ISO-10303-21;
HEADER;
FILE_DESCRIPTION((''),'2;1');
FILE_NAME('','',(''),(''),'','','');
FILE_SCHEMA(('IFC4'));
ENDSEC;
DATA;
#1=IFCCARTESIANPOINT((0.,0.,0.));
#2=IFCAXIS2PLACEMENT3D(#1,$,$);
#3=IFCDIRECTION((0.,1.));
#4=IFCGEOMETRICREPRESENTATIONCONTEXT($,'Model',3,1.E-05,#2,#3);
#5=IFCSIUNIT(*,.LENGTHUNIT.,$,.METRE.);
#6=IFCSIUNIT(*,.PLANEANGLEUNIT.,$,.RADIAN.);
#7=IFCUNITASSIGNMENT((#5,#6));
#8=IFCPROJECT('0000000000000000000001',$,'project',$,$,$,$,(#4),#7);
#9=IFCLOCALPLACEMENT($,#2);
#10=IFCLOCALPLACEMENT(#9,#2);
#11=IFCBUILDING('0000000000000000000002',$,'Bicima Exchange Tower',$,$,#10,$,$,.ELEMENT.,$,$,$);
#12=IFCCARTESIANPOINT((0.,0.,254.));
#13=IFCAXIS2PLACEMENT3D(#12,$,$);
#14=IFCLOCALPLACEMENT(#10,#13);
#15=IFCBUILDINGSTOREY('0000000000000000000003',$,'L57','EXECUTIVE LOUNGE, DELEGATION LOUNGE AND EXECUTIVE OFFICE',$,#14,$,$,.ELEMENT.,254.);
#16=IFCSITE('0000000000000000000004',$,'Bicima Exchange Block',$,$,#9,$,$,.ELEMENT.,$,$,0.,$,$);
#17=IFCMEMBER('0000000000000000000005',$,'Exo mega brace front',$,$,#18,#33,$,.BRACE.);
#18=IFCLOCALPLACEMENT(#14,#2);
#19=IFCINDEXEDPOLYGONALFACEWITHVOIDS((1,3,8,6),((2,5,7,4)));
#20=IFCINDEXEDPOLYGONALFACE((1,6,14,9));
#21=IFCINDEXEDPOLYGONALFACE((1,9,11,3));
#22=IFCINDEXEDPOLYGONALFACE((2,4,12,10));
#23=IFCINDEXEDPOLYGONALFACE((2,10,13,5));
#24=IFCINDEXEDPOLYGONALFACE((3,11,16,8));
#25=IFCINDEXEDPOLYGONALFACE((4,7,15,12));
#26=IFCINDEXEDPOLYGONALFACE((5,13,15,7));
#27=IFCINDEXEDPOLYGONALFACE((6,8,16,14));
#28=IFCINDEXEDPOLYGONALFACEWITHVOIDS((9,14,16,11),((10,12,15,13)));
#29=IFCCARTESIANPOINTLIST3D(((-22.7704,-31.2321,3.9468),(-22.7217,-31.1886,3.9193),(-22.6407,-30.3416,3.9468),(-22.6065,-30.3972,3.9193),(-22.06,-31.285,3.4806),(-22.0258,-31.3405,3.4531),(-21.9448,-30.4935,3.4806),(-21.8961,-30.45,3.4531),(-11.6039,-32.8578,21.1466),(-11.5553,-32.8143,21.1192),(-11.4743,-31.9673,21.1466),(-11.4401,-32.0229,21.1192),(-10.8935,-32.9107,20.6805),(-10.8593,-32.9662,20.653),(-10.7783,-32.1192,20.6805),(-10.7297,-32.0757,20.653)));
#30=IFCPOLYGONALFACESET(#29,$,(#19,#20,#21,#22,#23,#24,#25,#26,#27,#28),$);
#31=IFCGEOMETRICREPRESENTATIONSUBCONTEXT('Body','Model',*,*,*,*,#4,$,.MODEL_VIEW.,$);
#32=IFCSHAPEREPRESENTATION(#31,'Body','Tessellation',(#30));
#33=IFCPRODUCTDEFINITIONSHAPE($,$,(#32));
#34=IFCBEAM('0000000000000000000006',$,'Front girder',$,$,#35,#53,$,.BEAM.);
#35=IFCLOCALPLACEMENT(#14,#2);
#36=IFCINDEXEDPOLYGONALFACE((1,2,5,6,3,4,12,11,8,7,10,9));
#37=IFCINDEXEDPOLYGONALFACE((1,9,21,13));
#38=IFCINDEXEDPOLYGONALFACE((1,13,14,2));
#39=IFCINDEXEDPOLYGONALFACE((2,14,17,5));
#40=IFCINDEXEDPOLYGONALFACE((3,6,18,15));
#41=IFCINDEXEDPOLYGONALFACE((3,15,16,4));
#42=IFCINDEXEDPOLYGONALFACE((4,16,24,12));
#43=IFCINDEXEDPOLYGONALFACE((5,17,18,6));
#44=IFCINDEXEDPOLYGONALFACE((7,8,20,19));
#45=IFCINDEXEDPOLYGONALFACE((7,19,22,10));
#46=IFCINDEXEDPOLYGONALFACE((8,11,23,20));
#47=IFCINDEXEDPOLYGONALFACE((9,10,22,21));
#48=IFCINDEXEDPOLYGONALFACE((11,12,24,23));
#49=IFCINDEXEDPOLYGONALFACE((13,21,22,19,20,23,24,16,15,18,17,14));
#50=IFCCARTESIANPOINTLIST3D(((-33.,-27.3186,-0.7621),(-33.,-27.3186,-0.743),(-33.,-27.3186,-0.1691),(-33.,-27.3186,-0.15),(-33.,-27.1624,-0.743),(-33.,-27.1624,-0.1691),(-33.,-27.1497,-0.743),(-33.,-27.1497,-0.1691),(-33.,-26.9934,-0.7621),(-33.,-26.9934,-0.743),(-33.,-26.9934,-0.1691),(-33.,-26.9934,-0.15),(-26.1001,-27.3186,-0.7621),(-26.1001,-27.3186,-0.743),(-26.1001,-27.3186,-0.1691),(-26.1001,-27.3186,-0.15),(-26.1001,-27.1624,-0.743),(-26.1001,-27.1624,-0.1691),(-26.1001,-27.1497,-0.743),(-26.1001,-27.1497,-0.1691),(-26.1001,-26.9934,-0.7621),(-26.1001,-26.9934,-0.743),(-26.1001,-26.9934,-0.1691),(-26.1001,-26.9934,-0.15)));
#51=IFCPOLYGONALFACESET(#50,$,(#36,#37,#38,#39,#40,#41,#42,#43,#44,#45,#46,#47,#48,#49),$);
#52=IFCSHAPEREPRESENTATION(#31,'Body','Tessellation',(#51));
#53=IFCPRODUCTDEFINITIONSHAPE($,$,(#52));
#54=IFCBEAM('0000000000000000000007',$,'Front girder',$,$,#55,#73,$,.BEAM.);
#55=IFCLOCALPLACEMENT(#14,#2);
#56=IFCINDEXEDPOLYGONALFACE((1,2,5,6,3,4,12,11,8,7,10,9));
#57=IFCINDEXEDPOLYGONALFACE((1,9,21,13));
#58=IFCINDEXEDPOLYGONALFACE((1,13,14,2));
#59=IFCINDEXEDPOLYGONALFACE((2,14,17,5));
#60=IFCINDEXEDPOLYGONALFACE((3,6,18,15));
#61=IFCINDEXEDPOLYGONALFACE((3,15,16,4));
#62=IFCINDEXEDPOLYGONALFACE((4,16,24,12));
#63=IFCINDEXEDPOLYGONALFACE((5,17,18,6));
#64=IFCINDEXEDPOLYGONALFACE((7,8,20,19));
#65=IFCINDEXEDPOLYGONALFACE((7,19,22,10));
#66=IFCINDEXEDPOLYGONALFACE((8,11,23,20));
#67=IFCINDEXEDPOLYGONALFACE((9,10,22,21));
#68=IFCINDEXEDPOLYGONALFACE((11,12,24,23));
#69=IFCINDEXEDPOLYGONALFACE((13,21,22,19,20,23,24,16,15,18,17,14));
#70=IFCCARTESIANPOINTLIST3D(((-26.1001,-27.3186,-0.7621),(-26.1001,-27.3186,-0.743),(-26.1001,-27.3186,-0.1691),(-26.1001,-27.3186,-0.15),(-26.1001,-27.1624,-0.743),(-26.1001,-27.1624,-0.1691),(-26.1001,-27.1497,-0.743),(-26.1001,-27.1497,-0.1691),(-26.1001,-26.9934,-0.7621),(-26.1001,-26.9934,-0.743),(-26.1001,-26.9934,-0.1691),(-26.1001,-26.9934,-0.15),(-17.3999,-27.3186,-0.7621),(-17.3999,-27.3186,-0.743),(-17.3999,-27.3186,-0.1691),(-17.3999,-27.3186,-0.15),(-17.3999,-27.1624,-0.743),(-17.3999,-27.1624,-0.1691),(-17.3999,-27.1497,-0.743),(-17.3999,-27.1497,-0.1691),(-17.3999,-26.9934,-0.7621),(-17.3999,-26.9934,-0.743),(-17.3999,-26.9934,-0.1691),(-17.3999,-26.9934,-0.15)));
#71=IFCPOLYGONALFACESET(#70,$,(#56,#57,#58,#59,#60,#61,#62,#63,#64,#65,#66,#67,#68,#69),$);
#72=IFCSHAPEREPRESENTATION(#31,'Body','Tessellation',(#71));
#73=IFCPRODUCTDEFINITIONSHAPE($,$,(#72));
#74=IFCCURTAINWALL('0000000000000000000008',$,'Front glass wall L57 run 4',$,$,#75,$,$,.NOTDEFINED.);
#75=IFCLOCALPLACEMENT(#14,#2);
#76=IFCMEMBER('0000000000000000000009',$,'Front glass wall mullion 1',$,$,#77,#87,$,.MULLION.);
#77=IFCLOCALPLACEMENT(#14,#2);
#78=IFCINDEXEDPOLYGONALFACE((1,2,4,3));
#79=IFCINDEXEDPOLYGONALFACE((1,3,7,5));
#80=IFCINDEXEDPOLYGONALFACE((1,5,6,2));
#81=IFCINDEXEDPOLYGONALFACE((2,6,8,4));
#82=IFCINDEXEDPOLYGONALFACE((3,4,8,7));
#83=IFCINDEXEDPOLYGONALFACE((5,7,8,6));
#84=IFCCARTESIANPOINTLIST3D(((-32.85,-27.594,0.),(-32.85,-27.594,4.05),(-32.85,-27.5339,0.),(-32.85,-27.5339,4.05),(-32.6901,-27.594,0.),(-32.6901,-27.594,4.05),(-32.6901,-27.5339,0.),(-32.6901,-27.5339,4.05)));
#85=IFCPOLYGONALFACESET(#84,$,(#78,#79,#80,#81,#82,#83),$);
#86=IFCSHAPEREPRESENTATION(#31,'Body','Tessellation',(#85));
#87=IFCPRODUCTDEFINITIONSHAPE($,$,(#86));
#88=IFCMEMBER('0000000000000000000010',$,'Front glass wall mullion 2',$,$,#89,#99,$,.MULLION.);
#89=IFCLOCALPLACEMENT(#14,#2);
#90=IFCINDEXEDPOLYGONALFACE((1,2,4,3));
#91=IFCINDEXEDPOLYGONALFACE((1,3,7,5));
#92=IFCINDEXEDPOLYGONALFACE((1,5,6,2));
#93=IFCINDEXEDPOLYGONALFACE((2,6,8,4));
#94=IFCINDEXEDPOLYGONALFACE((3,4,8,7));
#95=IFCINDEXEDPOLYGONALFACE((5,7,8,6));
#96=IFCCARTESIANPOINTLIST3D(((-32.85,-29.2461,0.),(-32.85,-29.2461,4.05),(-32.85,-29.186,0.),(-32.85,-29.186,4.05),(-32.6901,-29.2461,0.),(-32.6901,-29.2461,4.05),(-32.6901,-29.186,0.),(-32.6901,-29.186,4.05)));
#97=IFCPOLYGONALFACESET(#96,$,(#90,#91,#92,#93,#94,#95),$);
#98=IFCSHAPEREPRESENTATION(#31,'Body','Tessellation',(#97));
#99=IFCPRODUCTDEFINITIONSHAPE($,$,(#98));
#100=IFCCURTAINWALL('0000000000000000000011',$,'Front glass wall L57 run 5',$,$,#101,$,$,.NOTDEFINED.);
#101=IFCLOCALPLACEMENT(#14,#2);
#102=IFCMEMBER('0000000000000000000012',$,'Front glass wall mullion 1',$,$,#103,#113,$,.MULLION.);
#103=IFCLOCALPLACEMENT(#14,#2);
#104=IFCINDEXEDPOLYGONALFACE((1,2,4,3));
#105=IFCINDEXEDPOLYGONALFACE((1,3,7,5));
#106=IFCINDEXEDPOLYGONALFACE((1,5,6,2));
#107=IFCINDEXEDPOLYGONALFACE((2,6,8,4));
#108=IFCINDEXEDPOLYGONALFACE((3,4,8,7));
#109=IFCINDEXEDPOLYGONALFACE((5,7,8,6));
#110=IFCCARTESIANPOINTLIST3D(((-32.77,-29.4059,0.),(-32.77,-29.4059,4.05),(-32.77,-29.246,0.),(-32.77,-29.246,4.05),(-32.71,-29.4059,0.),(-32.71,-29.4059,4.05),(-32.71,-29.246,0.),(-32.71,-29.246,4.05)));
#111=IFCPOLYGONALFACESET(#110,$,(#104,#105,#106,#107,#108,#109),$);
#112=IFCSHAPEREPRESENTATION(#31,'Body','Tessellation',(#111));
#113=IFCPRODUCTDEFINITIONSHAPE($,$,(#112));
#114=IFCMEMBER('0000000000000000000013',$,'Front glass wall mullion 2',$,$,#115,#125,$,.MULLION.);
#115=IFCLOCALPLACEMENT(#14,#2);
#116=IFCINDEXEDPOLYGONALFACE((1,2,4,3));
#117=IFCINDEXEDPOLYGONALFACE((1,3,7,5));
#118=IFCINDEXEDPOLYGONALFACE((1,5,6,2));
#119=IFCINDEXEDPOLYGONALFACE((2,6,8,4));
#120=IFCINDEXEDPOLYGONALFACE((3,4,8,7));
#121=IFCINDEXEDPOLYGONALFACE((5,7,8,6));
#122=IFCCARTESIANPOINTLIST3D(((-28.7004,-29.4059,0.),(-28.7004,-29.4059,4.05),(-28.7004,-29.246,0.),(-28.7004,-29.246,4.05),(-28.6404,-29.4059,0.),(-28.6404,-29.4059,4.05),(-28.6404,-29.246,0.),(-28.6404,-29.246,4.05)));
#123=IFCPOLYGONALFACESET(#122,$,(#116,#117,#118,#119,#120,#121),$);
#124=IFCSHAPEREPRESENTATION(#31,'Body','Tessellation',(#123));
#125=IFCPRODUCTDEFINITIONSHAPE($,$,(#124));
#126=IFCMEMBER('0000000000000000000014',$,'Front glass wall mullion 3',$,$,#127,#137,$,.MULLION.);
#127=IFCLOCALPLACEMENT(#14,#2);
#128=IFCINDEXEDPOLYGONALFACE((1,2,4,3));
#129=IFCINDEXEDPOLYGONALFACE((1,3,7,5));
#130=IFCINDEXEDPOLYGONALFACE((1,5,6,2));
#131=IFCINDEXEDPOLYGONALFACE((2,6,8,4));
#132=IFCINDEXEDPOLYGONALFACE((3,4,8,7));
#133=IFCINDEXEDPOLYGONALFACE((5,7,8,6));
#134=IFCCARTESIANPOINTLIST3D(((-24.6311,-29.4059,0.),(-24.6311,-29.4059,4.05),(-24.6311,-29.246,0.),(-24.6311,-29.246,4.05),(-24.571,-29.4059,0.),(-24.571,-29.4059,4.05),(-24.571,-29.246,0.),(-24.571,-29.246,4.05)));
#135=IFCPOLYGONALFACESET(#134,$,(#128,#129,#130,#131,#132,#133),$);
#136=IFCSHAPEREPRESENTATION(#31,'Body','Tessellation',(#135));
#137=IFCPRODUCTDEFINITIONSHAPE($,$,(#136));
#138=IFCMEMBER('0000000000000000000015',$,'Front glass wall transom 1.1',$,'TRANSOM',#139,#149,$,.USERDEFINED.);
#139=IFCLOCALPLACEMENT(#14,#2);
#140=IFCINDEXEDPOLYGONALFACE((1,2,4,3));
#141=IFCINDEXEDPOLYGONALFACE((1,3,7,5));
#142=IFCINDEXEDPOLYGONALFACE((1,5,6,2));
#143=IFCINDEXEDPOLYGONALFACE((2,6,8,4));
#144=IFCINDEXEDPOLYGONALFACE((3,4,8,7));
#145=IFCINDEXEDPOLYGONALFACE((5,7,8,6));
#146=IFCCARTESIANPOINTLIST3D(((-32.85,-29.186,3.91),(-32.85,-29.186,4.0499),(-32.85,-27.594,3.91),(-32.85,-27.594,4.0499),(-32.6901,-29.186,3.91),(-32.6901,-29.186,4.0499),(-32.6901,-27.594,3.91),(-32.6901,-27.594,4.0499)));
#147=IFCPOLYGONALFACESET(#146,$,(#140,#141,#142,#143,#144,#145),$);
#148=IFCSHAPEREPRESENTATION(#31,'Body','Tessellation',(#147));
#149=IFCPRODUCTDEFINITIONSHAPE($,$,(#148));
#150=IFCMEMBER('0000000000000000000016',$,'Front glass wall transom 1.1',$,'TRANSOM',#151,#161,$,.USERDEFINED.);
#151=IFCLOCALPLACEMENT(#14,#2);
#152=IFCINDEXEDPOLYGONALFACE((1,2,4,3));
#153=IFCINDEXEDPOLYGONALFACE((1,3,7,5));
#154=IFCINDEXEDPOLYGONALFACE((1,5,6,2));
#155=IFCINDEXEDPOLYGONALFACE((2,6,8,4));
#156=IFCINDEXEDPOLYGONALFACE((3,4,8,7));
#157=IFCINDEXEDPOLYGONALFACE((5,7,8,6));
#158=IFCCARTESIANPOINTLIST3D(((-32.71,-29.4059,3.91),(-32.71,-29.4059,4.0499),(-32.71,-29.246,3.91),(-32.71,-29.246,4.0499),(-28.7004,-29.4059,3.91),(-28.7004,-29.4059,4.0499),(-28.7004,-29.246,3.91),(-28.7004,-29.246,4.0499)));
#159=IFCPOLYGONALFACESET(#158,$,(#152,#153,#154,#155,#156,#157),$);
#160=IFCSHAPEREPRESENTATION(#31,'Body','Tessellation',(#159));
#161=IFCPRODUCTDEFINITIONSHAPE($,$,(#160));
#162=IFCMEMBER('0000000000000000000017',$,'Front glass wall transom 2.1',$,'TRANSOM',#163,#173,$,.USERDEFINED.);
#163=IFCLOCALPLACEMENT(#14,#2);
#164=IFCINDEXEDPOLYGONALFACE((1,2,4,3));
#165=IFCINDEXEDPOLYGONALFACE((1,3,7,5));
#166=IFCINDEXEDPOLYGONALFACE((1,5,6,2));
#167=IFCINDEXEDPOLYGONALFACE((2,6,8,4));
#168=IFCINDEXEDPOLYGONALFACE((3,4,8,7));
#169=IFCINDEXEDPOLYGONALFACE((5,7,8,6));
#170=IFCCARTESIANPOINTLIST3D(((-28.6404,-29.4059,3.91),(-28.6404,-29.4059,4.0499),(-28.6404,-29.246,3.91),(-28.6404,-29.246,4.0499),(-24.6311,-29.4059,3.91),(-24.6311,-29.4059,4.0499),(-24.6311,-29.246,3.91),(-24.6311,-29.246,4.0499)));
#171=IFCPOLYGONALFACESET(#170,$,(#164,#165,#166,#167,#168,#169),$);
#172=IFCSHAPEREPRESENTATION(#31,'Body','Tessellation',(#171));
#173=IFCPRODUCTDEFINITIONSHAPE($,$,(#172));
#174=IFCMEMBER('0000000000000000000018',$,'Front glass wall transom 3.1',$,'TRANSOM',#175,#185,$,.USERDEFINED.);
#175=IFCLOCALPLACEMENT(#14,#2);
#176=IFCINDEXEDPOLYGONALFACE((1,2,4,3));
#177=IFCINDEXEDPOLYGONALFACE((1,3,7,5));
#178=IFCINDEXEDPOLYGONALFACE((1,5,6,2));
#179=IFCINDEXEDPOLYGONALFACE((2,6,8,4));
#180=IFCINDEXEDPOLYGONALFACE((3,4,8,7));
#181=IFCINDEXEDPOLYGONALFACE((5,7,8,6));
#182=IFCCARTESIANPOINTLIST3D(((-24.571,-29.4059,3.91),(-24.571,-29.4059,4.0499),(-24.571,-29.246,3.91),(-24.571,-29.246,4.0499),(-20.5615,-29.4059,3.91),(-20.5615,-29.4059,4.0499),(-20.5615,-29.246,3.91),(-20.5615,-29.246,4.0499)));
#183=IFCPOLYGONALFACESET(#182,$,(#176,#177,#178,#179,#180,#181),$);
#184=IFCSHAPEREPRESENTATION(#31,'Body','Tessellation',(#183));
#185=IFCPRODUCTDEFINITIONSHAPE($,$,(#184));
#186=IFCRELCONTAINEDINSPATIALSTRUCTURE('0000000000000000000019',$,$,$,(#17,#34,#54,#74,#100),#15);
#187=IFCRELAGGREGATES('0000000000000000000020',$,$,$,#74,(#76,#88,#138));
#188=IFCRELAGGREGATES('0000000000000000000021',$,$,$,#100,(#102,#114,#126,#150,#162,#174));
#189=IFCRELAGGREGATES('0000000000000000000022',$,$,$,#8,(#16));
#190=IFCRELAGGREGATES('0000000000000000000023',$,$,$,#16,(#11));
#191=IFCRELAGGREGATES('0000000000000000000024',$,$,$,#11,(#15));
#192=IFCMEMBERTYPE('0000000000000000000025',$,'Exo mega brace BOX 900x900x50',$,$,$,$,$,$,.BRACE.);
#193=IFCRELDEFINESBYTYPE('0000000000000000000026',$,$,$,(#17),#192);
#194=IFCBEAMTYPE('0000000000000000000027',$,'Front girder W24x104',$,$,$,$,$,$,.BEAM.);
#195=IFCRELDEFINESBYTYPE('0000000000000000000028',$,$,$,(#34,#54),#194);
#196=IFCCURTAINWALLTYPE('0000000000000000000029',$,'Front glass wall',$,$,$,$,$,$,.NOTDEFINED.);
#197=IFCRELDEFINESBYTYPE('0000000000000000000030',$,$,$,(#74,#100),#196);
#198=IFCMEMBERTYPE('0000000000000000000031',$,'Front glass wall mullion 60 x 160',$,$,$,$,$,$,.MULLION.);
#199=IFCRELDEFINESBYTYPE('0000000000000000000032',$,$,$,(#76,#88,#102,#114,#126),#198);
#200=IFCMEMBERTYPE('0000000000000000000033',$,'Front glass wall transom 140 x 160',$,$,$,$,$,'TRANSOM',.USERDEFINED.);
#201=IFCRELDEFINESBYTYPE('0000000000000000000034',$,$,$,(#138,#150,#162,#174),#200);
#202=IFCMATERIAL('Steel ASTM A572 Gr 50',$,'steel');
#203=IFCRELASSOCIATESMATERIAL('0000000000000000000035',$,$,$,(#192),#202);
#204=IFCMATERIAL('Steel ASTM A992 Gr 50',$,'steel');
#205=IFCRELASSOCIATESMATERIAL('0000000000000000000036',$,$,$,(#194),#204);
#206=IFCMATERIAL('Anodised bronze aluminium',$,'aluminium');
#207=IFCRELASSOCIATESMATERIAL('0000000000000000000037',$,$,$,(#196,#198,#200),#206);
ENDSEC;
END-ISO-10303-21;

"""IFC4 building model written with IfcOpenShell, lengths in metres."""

from ifc_helpers import new_model, si_unit, direction, frame, origin, origin_2d, place, context, subcontext, project, spatial, rectangle, hollow_rectangle, i_section, extrude, material, material_profile, profile_set, type_object, element, aggregate, save


model = new_model("IFC4")

# Units and contexts
model_context = context("Model", 3, precision=1e-05, world=origin(), true_north=direction((0.0, 1.0)))
body_context = subcontext(model_context, "Body", "Model", "MODEL_VIEW")
ifc_project = project(units=[si_unit("LENGTHUNIT", "METRE"), si_unit("PLANEANGLEUNIT", "RADIAN")], contexts=[model_context])

# Site, building, storey
site_placement = place(None, origin())
site = spatial("IfcSite", under=ifc_project, at=site_placement, Name="Bicima Exchange Block", CompositionType="ELEMENT", RefElevation=0.0)
building_placement = place(site_placement, origin())
building = spatial("IfcBuilding", under=site, at=building_placement, Name="Bicima Exchange Tower", CompositionType="ELEMENT")
storey_placement = place(building_placement, frame((0.0, 0.0, 254.0)))
storey = spatial("IfcBuildingStorey", under=building, at=storey_placement, Name="L57", Description="EXECUTIVE LOUNGE, DELEGATION LOUNGE AND EXECUTIVE OFFICE", CompositionType="ELEMENT", Elevation=254.0)

# Member
ifc_material_1 = material(Name="Steel ASTM A572 Gr 50", Category="steel")
ifc_material_profile_1 = material_profile(ifc_material_1, hollow_rectangle(XDim=0.8999, YDim=0.8999, WallThickness=0.05, at=origin_2d()))
ifc_profile_set_1 = profile_set([ifc_material_profile_1], Name="Steel ASTM A572 Gr 50")
member_type_1 = type_object("IfcMemberType", Name="Exo mega brace BOX 900x900x50", PredefinedType="BRACE", material=ifc_profile_set_1)
member_1_placement = place(storey_placement, frame((-22.3333, -30.8411, 3.7), z_axis=(0.542824, -0.07903, 0.83612), x_axis=(0.144071, 0.989567, 0.0)))
element("IfcMember", 1, at=member_1_placement, inside=storey, type_object=member_type_1, Name="Exo mega brace front", PredefinedType="BRACE", context=body_context, shape_type="SweptSolid", body=[
    extrude(hollow_rectangle(XDim=0.8999, YDim=0.8999, WallThickness=0.05, at=origin_2d()), origin(), (0.0, 0.0, 1.0), 20.571),
])

# Beams
ifc_material_2 = material(Name="Steel ASTM A992 Gr 50", Category="steel")
ifc_material_profile_2 = material_profile(ifc_material_2, i_section(OverallWidth=0.3252, OverallDepth=0.6121, WebThickness=0.0127, FlangeThickness=0.019, at=origin_2d()))
ifc_profile_set_2 = profile_set([ifc_material_profile_2], Name="Steel ASTM A992 Gr 50")
beam_type = type_object("IfcBeamType", Name="Front girder W24x104", PredefinedType="BEAM", material=ifc_profile_set_2)
beam_1_placement = place(storey_placement, frame((-33.0, -27.156, -0.4561), z_axis=(1.0, 0.0, 0.0), x_axis=(0.0, 1.0, 0.0)))
element("IfcBeam", 2, at=beam_1_placement, inside=storey, type_object=beam_type, Name="Front girder", PredefinedType="BEAM", context=body_context, shape_type="SweptSolid", body=[
    extrude(i_section(OverallWidth=0.3252, OverallDepth=0.6121, WebThickness=0.0127, FlangeThickness=0.019, at=origin_2d()), origin(), (0.0, 0.0, 1.0), 6.8999),
])
beam_2_placement = place(storey_placement, frame((-26.1001, -27.156, -0.4561), z_axis=(1.0, 0.0, 0.0), x_axis=(0.0, 1.0, 0.0)))
element("IfcBeam", 3, at=beam_2_placement, inside=storey, type_object=beam_type, Name="Front girder", PredefinedType="BEAM", context=body_context, shape_type="SweptSolid", body=[
    extrude(i_section(OverallWidth=0.3252, OverallDepth=0.6121, WebThickness=0.0127, FlangeThickness=0.019, at=origin_2d()), origin(), (0.0, 0.0, 1.0), 8.7002),
])

# Curtain walls, members
ifc_material_3 = material(Name="Anodised bronze aluminium", Category="aluminium")
curtain_wall_type = type_object("IfcCurtainWallType", Name="Front glass wall", PredefinedType="NOTDEFINED", material=ifc_material_3)
curtain_wall_1_placement = place(storey_placement, origin())
curtain_wall_1 = element("IfcCurtainWall", 4, at=curtain_wall_1_placement, inside=storey, type_object=curtain_wall_type, Name="Front glass wall L57 run 4", PredefinedType="NOTDEFINED")
ifc_material_profile_3 = material_profile(ifc_material_3, rectangle(XDim=0.1599, YDim=0.0601, at=origin_2d()))
ifc_profile_set_3 = profile_set([ifc_material_profile_3], Name="Anodised bronze aluminium")
member_type_2 = type_object("IfcMemberType", Name="Front glass wall mullion 60 x 160", PredefinedType="MULLION", material=ifc_profile_set_3)
member_2_placement = place(storey_placement, frame((-32.77, -27.564, 0.0), z_axis=(0.0, 0.0, 1.0), x_axis=(1.0, 0.0, 0.0)))
member_2 = element("IfcMember", 5, at=member_2_placement, type_object=member_type_2, Name="Front glass wall mullion 1", PredefinedType="MULLION", context=body_context, shape_type="SweptSolid", body=[
    extrude(rectangle(XDim=0.1599, YDim=0.0601, at=origin_2d()), origin(), (0.0, 0.0, 1.0), 4.05),
])
member_3_placement = place(storey_placement, frame((-32.77, -29.2161, 0.0), z_axis=(0.0, 0.0, 1.0), x_axis=(1.0, 0.0, 0.0)))
member_3 = element("IfcMember", 6, at=member_3_placement, type_object=member_type_2, Name="Front glass wall mullion 2", PredefinedType="MULLION", context=body_context, shape_type="SweptSolid", body=[
    extrude(rectangle(XDim=0.1599, YDim=0.0601, at=origin_2d()), origin(), (0.0, 0.0, 1.0), 4.05),
])
curtain_wall_2_placement = place(storey_placement, origin())
curtain_wall_2 = element("IfcCurtainWall", 7, at=curtain_wall_2_placement, inside=storey, type_object=curtain_wall_type, Name="Front glass wall L57 run 5", PredefinedType="NOTDEFINED")
member_4_placement = place(storey_placement, frame((-32.74, -29.3259, 0.0), z_axis=(0.0, 0.0, 1.0), x_axis=(0.0, 1.0, 0.0)))
member_4 = element("IfcMember", 8, at=member_4_placement, type_object=member_type_2, Name="Front glass wall mullion 1", PredefinedType="MULLION", context=body_context, shape_type="SweptSolid", body=[
    extrude(rectangle(XDim=0.1599, YDim=0.0601, at=origin_2d()), origin(), (0.0, 0.0, 1.0), 4.05),
])
member_5_placement = place(storey_placement, frame((-28.6704, -29.3259, 0.0), z_axis=(0.0, 0.0, 1.0), x_axis=(0.0, 1.0, 0.0)))
member_5 = element("IfcMember", 9, at=member_5_placement, type_object=member_type_2, Name="Front glass wall mullion 2", PredefinedType="MULLION", context=body_context, shape_type="SweptSolid", body=[
    extrude(rectangle(XDim=0.1599, YDim=0.0601, at=origin_2d()), origin(), (0.0, 0.0, 1.0), 4.05),
])
member_6_placement = place(storey_placement, frame((-24.6011, -29.3259, 0.0), z_axis=(0.0, 0.0, 1.0), x_axis=(0.0, 1.0, 0.0)))
member_6 = element("IfcMember", 10, at=member_6_placement, type_object=member_type_2, Name="Front glass wall mullion 3", PredefinedType="MULLION", context=body_context, shape_type="SweptSolid", body=[
    extrude(rectangle(XDim=0.1599, YDim=0.0601, at=origin_2d()), origin(), (0.0, 0.0, 1.0), 4.05),
])

# Members
ifc_material_profile_4 = material_profile(ifc_material_3, rectangle(XDim=0.1599, YDim=0.1399, at=origin_2d()))
ifc_profile_set_4 = profile_set([ifc_material_profile_4], Name="Anodised bronze aluminium")
member_type_3 = type_object("IfcMemberType", Name="Front glass wall transom 140 x 160", ElementType="TRANSOM", PredefinedType="USERDEFINED", material=ifc_profile_set_4)
member_7_placement = place(storey_placement, frame((-32.77, -27.594, 3.98), z_axis=(0.0, -1.0, 0.0), x_axis=(1.0, 0.0, 0.0)))
member_7 = element("IfcMember", 11, at=member_7_placement, type_object=member_type_3, Name="Front glass wall transom 1.1", ObjectType="TRANSOM", PredefinedType="USERDEFINED", context=body_context, shape_type="SweptSolid", body=[
    extrude(rectangle(XDim=0.1599, YDim=0.1399, at=origin_2d()), origin(), (0.0, 0.0, 1.0), 1.592),
])
member_8_placement = place(storey_placement, frame((-32.71, -29.3259, 3.98), z_axis=(1.0, 0.0, 0.0), x_axis=(0.0, 1.0, 0.0)))
member_8 = element("IfcMember", 12, at=member_8_placement, type_object=member_type_3, Name="Front glass wall transom 1.1", ObjectType="TRANSOM", PredefinedType="USERDEFINED", context=body_context, shape_type="SweptSolid", body=[
    extrude(rectangle(XDim=0.1599, YDim=0.1399, at=origin_2d()), origin(), (0.0, 0.0, 1.0), 4.0095),
])
member_9_placement = place(storey_placement, frame((-28.6404, -29.3259, 3.98), z_axis=(1.0, 0.0, 0.0), x_axis=(0.0, 1.0, 0.0)))
member_9 = element("IfcMember", 13, at=member_9_placement, type_object=member_type_3, Name="Front glass wall transom 2.1", ObjectType="TRANSOM", PredefinedType="USERDEFINED", context=body_context, shape_type="SweptSolid", body=[
    extrude(rectangle(XDim=0.1599, YDim=0.1399, at=origin_2d()), origin(), (0.0, 0.0, 1.0), 4.0093),
])
member_10_placement = place(storey_placement, frame((-24.571, -29.3259, 3.98), z_axis=(1.0, 0.0, 0.0), x_axis=(0.0, 1.0, 0.0)))
member_10 = element("IfcMember", 14, at=member_10_placement, type_object=member_type_3, Name="Front glass wall transom 3.1", ObjectType="TRANSOM", PredefinedType="USERDEFINED", context=body_context, shape_type="SweptSolid", body=[
    extrude(rectangle(XDim=0.1599, YDim=0.1399, at=origin_2d()), origin(), (0.0, 0.0, 1.0), 4.0095),
])

aggregate(curtain_wall_1, [member_2, member_3, member_7])
aggregate(curtain_wall_2, [member_4, member_5, member_6, member_8, member_9, member_10])

save(model, "model.ifc")
